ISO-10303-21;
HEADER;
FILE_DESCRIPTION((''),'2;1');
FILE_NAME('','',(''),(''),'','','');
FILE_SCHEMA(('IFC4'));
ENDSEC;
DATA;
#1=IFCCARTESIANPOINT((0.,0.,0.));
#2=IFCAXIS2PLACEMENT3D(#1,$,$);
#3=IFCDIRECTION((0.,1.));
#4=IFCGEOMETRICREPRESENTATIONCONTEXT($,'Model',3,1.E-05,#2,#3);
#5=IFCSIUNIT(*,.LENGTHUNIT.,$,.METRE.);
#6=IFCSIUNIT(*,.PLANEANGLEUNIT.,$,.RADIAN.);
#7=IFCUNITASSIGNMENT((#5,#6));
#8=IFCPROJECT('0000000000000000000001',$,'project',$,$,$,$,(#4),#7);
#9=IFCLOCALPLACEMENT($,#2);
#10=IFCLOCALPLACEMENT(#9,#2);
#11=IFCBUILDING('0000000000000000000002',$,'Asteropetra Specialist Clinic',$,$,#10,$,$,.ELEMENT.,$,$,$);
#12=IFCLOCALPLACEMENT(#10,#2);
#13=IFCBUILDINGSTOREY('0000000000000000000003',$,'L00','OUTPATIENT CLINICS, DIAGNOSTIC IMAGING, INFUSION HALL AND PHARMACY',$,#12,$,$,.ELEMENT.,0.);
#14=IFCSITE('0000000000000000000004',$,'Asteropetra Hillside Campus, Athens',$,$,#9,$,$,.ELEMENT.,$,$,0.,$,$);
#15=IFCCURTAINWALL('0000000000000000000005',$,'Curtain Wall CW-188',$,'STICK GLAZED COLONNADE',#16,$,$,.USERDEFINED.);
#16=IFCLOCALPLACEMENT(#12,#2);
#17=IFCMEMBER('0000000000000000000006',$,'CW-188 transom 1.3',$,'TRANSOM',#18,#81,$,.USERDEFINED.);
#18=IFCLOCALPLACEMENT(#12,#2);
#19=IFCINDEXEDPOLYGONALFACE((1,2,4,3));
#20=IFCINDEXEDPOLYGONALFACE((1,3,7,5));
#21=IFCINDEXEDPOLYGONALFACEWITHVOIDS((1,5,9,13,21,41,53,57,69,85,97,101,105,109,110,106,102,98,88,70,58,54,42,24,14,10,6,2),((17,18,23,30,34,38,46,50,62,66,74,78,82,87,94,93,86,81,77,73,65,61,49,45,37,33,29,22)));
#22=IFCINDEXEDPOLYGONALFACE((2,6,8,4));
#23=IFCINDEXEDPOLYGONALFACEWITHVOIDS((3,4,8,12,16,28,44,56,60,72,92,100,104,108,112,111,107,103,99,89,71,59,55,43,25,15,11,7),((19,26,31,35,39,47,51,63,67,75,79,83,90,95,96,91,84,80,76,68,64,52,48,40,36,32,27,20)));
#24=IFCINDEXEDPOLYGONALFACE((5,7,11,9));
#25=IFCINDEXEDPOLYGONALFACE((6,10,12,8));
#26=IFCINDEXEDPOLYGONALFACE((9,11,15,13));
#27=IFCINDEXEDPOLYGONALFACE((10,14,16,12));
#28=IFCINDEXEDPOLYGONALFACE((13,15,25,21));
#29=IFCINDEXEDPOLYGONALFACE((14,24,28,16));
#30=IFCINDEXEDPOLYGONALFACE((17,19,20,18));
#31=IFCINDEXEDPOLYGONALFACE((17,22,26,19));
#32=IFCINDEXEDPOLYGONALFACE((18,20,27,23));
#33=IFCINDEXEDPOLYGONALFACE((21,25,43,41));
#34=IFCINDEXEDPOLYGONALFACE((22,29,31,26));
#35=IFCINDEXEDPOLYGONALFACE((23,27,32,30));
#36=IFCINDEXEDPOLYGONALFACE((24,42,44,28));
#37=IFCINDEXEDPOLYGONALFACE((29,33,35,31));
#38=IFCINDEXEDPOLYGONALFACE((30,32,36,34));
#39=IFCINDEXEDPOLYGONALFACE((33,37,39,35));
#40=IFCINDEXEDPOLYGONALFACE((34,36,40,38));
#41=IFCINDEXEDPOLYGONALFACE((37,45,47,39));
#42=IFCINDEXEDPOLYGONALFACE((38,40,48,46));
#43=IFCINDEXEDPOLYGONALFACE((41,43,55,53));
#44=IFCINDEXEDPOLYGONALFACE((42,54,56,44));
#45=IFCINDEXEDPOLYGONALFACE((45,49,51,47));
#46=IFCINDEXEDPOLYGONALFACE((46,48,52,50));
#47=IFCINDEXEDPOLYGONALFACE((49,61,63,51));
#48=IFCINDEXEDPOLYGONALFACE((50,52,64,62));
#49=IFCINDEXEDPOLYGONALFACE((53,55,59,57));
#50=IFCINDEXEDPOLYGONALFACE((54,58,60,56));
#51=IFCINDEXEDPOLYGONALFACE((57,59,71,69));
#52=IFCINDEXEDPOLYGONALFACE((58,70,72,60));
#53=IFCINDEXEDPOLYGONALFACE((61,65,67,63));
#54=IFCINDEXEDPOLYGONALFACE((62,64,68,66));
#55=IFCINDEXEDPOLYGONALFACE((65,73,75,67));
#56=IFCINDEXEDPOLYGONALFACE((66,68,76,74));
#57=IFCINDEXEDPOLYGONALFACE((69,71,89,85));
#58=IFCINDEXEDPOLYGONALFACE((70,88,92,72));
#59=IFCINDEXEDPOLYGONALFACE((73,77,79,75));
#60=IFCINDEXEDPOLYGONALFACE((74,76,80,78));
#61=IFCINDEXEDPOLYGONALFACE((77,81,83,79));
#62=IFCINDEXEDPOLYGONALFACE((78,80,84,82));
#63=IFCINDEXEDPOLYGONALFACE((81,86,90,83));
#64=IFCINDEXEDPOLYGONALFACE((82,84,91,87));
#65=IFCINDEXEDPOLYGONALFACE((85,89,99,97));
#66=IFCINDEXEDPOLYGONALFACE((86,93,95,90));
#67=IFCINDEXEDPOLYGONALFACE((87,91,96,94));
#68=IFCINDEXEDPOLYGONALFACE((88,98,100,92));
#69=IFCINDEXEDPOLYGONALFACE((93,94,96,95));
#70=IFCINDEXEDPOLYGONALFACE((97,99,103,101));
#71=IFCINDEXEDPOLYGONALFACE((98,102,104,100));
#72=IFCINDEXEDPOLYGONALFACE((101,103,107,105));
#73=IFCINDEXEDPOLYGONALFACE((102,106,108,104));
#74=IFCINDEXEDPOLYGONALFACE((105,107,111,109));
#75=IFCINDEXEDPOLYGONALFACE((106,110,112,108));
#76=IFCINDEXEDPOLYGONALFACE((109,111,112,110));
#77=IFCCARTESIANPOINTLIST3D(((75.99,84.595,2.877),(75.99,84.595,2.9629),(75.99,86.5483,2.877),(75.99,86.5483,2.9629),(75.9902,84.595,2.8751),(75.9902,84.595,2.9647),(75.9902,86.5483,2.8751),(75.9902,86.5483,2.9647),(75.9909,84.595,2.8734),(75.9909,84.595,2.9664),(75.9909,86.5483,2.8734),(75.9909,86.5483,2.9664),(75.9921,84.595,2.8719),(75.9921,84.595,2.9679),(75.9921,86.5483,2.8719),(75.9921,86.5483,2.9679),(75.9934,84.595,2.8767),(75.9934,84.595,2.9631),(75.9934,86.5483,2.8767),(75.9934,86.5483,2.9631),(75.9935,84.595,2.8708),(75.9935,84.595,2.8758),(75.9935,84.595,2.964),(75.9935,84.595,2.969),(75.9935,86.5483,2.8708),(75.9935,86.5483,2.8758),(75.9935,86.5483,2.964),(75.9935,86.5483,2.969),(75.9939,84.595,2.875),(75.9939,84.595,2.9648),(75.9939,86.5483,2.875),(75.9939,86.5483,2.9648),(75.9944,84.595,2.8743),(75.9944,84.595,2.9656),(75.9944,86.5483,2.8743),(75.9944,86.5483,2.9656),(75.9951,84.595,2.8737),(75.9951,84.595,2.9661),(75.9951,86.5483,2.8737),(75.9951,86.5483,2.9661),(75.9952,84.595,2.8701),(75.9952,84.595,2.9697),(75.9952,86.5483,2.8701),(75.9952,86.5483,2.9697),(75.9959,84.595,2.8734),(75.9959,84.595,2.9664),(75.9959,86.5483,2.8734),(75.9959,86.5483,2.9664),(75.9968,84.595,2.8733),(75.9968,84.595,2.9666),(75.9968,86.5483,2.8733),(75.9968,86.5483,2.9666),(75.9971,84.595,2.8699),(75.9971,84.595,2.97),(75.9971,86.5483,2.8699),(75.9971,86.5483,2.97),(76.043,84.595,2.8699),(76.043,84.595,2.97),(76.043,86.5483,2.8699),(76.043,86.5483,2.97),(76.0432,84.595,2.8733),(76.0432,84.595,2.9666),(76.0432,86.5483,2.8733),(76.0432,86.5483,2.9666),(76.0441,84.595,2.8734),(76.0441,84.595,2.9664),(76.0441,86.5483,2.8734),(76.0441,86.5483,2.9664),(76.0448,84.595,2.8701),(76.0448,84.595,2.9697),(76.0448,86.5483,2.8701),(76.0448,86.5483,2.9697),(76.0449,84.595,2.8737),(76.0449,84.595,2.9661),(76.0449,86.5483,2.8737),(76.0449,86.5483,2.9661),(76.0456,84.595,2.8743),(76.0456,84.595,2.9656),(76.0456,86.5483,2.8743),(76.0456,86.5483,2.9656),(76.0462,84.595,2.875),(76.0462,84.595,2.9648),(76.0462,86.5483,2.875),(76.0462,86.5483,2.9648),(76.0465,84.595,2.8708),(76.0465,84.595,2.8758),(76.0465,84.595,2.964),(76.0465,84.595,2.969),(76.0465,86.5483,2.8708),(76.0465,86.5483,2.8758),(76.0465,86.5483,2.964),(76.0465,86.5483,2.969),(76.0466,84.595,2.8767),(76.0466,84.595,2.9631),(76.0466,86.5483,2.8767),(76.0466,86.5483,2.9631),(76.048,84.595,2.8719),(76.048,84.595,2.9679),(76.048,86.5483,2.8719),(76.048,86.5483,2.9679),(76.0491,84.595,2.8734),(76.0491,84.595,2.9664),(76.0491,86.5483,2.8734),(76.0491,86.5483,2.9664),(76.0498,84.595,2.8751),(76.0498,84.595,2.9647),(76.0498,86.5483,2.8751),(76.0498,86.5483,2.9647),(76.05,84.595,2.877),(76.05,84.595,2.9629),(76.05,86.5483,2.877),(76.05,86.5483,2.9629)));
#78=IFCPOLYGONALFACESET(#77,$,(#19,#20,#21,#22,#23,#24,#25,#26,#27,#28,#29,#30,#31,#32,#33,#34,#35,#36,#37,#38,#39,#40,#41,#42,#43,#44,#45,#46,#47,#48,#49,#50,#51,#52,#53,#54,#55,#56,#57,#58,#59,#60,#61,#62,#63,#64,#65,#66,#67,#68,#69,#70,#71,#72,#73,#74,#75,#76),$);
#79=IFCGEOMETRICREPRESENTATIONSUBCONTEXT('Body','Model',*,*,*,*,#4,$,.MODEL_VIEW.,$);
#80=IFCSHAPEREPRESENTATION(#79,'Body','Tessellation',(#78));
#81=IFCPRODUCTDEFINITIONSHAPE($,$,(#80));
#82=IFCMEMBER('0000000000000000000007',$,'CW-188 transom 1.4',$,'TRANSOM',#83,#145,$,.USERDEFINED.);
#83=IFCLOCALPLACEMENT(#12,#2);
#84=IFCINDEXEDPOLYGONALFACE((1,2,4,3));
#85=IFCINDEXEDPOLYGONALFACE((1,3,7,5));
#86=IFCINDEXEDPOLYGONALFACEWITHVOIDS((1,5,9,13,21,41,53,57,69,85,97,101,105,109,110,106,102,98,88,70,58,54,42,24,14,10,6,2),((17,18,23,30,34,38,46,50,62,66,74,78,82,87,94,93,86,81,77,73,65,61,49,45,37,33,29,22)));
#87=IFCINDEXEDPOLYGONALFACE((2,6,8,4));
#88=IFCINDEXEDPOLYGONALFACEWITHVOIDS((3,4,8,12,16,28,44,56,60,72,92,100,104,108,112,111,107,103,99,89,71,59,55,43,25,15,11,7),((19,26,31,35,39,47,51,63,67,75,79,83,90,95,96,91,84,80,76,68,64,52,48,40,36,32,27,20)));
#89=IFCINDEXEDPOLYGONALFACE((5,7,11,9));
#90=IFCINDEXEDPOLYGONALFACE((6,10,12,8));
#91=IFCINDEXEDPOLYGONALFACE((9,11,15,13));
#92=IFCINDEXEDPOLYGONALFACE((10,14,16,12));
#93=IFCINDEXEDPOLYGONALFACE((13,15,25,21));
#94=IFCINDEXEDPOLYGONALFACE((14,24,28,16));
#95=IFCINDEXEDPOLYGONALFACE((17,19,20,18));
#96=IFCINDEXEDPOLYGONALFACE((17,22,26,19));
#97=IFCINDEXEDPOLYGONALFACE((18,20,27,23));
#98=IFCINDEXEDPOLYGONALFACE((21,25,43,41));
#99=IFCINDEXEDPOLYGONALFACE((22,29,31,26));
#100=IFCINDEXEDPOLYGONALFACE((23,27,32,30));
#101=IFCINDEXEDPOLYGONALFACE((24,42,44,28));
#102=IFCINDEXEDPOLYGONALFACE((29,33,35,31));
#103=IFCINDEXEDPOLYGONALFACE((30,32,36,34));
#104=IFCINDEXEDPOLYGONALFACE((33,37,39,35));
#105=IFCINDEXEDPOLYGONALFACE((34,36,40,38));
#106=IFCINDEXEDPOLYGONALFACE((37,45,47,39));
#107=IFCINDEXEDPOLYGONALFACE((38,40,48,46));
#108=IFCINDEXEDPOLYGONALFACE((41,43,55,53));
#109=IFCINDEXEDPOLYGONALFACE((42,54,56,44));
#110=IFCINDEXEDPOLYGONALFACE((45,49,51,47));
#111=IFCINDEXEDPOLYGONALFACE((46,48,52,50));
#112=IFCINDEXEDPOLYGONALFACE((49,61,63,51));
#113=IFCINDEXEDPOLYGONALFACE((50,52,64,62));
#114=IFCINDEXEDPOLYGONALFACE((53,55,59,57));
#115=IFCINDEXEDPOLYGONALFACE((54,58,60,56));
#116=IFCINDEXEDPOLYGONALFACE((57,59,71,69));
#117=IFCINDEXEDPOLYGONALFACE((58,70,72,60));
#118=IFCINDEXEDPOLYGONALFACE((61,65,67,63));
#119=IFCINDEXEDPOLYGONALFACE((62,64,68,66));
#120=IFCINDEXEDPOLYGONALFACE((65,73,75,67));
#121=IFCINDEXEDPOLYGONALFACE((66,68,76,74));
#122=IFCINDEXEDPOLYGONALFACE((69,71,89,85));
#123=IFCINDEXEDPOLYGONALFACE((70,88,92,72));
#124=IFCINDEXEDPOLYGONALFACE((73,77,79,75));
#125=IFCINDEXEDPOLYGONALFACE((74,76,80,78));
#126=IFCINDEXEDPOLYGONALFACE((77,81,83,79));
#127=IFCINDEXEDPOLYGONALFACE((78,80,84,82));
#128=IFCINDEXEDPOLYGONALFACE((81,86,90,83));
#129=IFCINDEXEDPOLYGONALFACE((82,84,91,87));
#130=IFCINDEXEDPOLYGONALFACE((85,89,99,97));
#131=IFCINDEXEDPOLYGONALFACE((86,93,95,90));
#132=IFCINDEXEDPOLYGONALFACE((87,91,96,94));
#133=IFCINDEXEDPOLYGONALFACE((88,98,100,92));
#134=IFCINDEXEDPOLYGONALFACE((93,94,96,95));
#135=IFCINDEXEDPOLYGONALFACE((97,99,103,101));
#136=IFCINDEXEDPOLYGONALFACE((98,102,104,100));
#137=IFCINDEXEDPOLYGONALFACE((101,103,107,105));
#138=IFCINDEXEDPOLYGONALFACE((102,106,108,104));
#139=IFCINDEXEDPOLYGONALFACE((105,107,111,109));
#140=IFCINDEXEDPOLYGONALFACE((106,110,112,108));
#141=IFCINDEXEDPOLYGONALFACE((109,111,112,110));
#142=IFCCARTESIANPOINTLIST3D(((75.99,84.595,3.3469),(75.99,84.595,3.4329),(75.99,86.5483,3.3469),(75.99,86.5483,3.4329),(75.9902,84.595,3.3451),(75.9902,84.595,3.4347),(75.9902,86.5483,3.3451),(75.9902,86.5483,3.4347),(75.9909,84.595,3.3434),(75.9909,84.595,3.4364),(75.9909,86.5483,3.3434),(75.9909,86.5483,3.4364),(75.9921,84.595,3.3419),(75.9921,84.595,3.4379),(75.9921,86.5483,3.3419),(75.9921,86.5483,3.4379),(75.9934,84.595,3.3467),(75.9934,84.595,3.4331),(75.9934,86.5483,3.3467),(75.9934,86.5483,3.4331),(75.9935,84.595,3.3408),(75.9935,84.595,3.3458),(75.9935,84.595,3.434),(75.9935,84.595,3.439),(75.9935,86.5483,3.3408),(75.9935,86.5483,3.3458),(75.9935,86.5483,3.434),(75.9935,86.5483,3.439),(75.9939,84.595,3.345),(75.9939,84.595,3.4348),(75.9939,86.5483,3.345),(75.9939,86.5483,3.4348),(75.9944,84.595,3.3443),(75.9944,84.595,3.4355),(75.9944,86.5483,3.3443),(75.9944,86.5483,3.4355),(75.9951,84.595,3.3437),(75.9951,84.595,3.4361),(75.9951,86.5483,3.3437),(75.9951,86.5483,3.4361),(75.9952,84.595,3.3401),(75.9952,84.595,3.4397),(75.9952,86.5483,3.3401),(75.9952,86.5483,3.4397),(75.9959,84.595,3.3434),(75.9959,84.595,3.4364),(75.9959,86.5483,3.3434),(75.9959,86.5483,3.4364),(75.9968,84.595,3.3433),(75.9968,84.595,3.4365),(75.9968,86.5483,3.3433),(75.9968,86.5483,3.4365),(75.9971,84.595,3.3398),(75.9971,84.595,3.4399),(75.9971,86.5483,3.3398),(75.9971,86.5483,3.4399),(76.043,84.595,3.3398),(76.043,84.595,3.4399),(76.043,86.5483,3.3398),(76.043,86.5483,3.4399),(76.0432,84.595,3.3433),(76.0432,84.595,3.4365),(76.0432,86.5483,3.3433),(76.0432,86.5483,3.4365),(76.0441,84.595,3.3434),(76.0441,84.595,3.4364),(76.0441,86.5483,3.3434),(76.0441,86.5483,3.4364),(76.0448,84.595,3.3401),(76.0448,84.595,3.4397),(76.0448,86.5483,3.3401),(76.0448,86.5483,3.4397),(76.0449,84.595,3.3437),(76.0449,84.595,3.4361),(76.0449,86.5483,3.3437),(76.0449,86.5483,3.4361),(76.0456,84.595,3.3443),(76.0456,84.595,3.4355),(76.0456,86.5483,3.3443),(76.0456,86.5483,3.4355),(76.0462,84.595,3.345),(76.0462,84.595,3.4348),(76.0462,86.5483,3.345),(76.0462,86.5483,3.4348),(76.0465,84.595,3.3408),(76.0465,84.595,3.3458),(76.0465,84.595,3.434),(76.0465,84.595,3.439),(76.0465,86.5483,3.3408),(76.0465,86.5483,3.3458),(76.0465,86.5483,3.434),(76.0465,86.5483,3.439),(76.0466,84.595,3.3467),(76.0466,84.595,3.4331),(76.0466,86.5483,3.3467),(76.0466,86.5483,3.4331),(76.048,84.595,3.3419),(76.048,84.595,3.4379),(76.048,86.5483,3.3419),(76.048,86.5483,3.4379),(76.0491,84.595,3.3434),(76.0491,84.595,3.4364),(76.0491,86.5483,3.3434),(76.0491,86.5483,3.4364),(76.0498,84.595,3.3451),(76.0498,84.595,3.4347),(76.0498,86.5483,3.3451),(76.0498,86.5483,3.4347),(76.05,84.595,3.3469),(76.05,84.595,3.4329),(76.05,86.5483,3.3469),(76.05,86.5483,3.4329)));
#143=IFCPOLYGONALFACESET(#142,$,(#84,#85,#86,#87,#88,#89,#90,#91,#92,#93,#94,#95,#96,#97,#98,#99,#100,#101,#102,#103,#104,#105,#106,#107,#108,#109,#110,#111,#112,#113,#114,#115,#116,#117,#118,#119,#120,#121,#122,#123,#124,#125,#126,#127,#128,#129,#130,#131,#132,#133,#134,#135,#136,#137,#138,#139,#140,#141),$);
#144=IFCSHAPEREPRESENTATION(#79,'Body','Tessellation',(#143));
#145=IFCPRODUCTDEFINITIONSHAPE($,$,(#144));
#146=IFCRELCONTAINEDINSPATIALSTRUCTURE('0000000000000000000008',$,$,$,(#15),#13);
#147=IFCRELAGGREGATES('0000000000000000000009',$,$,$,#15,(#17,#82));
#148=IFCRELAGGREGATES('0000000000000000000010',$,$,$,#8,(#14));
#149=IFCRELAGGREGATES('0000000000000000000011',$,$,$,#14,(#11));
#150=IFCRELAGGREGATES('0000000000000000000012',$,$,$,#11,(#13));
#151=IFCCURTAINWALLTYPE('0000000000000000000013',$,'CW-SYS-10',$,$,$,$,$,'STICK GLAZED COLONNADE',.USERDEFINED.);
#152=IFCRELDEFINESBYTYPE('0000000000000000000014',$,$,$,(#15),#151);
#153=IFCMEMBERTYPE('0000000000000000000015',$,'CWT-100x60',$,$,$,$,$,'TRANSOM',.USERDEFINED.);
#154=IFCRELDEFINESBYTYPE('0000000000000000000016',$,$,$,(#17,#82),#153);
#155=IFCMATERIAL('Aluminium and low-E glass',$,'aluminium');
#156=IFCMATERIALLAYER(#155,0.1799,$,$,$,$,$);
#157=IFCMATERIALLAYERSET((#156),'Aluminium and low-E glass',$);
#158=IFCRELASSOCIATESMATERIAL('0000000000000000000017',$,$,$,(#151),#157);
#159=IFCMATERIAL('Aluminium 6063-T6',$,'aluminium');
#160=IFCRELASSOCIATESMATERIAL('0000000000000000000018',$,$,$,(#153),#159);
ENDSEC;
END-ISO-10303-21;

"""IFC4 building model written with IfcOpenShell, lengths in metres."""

from ifc_helpers import new_model, si_unit, direction, frame, origin, origin_2d, place, context, subcontext, project, spatial, hollow_rectangle, extrude, material, layer, layer_set, material_profile, profile_set, type_object, element, aggregate, save


model = new_model("IFC4")

# Units and contexts
model_context = context("Model", 3, precision=1e-05, world=origin(), true_north=direction((0.0, 1.0)))
body_context = subcontext(model_context, "Body", "Model", "MODEL_VIEW")
ifc_project = project(units=[si_unit("LENGTHUNIT", "METRE"), si_unit("PLANEANGLEUNIT", "RADIAN")], contexts=[model_context])

# Site, building, storey
site_placement = place(None, origin())
site = spatial("IfcSite", under=ifc_project, at=site_placement, Name="Asteropetra Hillside Campus, Athens", CompositionType="ELEMENT", RefElevation=0.0)
building_placement = place(site_placement, origin())
building = spatial("IfcBuilding", under=site, at=building_placement, Name="Asteropetra Specialist Clinic", CompositionType="ELEMENT")
storey_placement = place(building_placement, origin())
storey = spatial("IfcBuildingStorey", under=building, at=storey_placement, Name="L00", Description="OUTPATIENT CLINICS, DIAGNOSTIC IMAGING, INFUSION HALL AND PHARMACY", CompositionType="ELEMENT", Elevation=0.0)

# Curtain wall
ifc_material_1 = material(Name="Aluminium and low-E glass", Category="aluminium")
ifc_layer_1 = layer(ifc_material_1, 0.1799)
ifc_layer_set_1 = layer_set([ifc_layer_1], Name="Aluminium and low-E glass")
curtain_wall_type_1 = type_object("IfcCurtainWallType", Name="CW-SYS-10", ElementType="STICK GLAZED COLONNADE", PredefinedType="USERDEFINED", material=ifc_layer_set_1)
curtain_wall_1_placement = place(storey_placement, origin())
curtain_wall_1 = element("IfcCurtainWall", 1, at=curtain_wall_1_placement, inside=storey, type_object=curtain_wall_type_1, Name="Curtain Wall CW-188", ObjectType="STICK GLAZED COLONNADE", PredefinedType="USERDEFINED")

# Members
ifc_material_2 = material(Name="Aluminium 6063-T6", Category="aluminium")
ifc_material_profile_1 = material_profile(ifc_material_2, hollow_rectangle(XDim=0.0601, YDim=0.1001, WallThickness=0.0034, InnerFilletRadius=0.0034, OuterFilletRadius=0.0071, at=origin_2d()), Name="TRN 100x60x3.5")
ifc_profile_set_1 = profile_set([ifc_material_profile_1], Name="Aluminium 6063-T6")
member_type_1 = type_object("IfcMemberType", Name="CWT-100x60", ElementType="TRANSOM", PredefinedType="USERDEFINED", material=ifc_profile_set_1)
member_1_placement = place(storey_placement, frame((76.02, 84.595, 2.9199), z_axis=(0.0, 1.0, 0.0), x_axis=(-1.0, 0.0, 0.0)))
member_1 = element("IfcMember", 2, at=member_1_placement, type_object=member_type_1, Name="CW-188 transom 1.3", ObjectType="TRANSOM", PredefinedType="USERDEFINED", context=body_context, shape_type="SweptSolid", body=[
    extrude(hollow_rectangle(XDim=0.0601, YDim=0.1001, WallThickness=0.0034, InnerFilletRadius=0.0034, OuterFilletRadius=0.0071, at=origin_2d()), origin(), (0.0, 0.0, 1.0), 1.9534),
])
member_2_placement = place(storey_placement, frame((76.02, 84.595, 3.3899), z_axis=(0.0, 1.0, 0.0), x_axis=(-1.0, 0.0, 0.0)))
member_2 = element("IfcMember", 3, at=member_2_placement, type_object=member_type_1, Name="CW-188 transom 1.4", ObjectType="TRANSOM", PredefinedType="USERDEFINED", context=body_context, shape_type="SweptSolid", body=[
    extrude(hollow_rectangle(XDim=0.0601, YDim=0.1001, WallThickness=0.0034, InnerFilletRadius=0.0034, OuterFilletRadius=0.0071, at=origin_2d()), origin(), (0.0, 0.0, 1.0), 1.9534),
])

aggregate(curtain_wall_1, [member_1, member_2])

save(model, "model.ifc")
